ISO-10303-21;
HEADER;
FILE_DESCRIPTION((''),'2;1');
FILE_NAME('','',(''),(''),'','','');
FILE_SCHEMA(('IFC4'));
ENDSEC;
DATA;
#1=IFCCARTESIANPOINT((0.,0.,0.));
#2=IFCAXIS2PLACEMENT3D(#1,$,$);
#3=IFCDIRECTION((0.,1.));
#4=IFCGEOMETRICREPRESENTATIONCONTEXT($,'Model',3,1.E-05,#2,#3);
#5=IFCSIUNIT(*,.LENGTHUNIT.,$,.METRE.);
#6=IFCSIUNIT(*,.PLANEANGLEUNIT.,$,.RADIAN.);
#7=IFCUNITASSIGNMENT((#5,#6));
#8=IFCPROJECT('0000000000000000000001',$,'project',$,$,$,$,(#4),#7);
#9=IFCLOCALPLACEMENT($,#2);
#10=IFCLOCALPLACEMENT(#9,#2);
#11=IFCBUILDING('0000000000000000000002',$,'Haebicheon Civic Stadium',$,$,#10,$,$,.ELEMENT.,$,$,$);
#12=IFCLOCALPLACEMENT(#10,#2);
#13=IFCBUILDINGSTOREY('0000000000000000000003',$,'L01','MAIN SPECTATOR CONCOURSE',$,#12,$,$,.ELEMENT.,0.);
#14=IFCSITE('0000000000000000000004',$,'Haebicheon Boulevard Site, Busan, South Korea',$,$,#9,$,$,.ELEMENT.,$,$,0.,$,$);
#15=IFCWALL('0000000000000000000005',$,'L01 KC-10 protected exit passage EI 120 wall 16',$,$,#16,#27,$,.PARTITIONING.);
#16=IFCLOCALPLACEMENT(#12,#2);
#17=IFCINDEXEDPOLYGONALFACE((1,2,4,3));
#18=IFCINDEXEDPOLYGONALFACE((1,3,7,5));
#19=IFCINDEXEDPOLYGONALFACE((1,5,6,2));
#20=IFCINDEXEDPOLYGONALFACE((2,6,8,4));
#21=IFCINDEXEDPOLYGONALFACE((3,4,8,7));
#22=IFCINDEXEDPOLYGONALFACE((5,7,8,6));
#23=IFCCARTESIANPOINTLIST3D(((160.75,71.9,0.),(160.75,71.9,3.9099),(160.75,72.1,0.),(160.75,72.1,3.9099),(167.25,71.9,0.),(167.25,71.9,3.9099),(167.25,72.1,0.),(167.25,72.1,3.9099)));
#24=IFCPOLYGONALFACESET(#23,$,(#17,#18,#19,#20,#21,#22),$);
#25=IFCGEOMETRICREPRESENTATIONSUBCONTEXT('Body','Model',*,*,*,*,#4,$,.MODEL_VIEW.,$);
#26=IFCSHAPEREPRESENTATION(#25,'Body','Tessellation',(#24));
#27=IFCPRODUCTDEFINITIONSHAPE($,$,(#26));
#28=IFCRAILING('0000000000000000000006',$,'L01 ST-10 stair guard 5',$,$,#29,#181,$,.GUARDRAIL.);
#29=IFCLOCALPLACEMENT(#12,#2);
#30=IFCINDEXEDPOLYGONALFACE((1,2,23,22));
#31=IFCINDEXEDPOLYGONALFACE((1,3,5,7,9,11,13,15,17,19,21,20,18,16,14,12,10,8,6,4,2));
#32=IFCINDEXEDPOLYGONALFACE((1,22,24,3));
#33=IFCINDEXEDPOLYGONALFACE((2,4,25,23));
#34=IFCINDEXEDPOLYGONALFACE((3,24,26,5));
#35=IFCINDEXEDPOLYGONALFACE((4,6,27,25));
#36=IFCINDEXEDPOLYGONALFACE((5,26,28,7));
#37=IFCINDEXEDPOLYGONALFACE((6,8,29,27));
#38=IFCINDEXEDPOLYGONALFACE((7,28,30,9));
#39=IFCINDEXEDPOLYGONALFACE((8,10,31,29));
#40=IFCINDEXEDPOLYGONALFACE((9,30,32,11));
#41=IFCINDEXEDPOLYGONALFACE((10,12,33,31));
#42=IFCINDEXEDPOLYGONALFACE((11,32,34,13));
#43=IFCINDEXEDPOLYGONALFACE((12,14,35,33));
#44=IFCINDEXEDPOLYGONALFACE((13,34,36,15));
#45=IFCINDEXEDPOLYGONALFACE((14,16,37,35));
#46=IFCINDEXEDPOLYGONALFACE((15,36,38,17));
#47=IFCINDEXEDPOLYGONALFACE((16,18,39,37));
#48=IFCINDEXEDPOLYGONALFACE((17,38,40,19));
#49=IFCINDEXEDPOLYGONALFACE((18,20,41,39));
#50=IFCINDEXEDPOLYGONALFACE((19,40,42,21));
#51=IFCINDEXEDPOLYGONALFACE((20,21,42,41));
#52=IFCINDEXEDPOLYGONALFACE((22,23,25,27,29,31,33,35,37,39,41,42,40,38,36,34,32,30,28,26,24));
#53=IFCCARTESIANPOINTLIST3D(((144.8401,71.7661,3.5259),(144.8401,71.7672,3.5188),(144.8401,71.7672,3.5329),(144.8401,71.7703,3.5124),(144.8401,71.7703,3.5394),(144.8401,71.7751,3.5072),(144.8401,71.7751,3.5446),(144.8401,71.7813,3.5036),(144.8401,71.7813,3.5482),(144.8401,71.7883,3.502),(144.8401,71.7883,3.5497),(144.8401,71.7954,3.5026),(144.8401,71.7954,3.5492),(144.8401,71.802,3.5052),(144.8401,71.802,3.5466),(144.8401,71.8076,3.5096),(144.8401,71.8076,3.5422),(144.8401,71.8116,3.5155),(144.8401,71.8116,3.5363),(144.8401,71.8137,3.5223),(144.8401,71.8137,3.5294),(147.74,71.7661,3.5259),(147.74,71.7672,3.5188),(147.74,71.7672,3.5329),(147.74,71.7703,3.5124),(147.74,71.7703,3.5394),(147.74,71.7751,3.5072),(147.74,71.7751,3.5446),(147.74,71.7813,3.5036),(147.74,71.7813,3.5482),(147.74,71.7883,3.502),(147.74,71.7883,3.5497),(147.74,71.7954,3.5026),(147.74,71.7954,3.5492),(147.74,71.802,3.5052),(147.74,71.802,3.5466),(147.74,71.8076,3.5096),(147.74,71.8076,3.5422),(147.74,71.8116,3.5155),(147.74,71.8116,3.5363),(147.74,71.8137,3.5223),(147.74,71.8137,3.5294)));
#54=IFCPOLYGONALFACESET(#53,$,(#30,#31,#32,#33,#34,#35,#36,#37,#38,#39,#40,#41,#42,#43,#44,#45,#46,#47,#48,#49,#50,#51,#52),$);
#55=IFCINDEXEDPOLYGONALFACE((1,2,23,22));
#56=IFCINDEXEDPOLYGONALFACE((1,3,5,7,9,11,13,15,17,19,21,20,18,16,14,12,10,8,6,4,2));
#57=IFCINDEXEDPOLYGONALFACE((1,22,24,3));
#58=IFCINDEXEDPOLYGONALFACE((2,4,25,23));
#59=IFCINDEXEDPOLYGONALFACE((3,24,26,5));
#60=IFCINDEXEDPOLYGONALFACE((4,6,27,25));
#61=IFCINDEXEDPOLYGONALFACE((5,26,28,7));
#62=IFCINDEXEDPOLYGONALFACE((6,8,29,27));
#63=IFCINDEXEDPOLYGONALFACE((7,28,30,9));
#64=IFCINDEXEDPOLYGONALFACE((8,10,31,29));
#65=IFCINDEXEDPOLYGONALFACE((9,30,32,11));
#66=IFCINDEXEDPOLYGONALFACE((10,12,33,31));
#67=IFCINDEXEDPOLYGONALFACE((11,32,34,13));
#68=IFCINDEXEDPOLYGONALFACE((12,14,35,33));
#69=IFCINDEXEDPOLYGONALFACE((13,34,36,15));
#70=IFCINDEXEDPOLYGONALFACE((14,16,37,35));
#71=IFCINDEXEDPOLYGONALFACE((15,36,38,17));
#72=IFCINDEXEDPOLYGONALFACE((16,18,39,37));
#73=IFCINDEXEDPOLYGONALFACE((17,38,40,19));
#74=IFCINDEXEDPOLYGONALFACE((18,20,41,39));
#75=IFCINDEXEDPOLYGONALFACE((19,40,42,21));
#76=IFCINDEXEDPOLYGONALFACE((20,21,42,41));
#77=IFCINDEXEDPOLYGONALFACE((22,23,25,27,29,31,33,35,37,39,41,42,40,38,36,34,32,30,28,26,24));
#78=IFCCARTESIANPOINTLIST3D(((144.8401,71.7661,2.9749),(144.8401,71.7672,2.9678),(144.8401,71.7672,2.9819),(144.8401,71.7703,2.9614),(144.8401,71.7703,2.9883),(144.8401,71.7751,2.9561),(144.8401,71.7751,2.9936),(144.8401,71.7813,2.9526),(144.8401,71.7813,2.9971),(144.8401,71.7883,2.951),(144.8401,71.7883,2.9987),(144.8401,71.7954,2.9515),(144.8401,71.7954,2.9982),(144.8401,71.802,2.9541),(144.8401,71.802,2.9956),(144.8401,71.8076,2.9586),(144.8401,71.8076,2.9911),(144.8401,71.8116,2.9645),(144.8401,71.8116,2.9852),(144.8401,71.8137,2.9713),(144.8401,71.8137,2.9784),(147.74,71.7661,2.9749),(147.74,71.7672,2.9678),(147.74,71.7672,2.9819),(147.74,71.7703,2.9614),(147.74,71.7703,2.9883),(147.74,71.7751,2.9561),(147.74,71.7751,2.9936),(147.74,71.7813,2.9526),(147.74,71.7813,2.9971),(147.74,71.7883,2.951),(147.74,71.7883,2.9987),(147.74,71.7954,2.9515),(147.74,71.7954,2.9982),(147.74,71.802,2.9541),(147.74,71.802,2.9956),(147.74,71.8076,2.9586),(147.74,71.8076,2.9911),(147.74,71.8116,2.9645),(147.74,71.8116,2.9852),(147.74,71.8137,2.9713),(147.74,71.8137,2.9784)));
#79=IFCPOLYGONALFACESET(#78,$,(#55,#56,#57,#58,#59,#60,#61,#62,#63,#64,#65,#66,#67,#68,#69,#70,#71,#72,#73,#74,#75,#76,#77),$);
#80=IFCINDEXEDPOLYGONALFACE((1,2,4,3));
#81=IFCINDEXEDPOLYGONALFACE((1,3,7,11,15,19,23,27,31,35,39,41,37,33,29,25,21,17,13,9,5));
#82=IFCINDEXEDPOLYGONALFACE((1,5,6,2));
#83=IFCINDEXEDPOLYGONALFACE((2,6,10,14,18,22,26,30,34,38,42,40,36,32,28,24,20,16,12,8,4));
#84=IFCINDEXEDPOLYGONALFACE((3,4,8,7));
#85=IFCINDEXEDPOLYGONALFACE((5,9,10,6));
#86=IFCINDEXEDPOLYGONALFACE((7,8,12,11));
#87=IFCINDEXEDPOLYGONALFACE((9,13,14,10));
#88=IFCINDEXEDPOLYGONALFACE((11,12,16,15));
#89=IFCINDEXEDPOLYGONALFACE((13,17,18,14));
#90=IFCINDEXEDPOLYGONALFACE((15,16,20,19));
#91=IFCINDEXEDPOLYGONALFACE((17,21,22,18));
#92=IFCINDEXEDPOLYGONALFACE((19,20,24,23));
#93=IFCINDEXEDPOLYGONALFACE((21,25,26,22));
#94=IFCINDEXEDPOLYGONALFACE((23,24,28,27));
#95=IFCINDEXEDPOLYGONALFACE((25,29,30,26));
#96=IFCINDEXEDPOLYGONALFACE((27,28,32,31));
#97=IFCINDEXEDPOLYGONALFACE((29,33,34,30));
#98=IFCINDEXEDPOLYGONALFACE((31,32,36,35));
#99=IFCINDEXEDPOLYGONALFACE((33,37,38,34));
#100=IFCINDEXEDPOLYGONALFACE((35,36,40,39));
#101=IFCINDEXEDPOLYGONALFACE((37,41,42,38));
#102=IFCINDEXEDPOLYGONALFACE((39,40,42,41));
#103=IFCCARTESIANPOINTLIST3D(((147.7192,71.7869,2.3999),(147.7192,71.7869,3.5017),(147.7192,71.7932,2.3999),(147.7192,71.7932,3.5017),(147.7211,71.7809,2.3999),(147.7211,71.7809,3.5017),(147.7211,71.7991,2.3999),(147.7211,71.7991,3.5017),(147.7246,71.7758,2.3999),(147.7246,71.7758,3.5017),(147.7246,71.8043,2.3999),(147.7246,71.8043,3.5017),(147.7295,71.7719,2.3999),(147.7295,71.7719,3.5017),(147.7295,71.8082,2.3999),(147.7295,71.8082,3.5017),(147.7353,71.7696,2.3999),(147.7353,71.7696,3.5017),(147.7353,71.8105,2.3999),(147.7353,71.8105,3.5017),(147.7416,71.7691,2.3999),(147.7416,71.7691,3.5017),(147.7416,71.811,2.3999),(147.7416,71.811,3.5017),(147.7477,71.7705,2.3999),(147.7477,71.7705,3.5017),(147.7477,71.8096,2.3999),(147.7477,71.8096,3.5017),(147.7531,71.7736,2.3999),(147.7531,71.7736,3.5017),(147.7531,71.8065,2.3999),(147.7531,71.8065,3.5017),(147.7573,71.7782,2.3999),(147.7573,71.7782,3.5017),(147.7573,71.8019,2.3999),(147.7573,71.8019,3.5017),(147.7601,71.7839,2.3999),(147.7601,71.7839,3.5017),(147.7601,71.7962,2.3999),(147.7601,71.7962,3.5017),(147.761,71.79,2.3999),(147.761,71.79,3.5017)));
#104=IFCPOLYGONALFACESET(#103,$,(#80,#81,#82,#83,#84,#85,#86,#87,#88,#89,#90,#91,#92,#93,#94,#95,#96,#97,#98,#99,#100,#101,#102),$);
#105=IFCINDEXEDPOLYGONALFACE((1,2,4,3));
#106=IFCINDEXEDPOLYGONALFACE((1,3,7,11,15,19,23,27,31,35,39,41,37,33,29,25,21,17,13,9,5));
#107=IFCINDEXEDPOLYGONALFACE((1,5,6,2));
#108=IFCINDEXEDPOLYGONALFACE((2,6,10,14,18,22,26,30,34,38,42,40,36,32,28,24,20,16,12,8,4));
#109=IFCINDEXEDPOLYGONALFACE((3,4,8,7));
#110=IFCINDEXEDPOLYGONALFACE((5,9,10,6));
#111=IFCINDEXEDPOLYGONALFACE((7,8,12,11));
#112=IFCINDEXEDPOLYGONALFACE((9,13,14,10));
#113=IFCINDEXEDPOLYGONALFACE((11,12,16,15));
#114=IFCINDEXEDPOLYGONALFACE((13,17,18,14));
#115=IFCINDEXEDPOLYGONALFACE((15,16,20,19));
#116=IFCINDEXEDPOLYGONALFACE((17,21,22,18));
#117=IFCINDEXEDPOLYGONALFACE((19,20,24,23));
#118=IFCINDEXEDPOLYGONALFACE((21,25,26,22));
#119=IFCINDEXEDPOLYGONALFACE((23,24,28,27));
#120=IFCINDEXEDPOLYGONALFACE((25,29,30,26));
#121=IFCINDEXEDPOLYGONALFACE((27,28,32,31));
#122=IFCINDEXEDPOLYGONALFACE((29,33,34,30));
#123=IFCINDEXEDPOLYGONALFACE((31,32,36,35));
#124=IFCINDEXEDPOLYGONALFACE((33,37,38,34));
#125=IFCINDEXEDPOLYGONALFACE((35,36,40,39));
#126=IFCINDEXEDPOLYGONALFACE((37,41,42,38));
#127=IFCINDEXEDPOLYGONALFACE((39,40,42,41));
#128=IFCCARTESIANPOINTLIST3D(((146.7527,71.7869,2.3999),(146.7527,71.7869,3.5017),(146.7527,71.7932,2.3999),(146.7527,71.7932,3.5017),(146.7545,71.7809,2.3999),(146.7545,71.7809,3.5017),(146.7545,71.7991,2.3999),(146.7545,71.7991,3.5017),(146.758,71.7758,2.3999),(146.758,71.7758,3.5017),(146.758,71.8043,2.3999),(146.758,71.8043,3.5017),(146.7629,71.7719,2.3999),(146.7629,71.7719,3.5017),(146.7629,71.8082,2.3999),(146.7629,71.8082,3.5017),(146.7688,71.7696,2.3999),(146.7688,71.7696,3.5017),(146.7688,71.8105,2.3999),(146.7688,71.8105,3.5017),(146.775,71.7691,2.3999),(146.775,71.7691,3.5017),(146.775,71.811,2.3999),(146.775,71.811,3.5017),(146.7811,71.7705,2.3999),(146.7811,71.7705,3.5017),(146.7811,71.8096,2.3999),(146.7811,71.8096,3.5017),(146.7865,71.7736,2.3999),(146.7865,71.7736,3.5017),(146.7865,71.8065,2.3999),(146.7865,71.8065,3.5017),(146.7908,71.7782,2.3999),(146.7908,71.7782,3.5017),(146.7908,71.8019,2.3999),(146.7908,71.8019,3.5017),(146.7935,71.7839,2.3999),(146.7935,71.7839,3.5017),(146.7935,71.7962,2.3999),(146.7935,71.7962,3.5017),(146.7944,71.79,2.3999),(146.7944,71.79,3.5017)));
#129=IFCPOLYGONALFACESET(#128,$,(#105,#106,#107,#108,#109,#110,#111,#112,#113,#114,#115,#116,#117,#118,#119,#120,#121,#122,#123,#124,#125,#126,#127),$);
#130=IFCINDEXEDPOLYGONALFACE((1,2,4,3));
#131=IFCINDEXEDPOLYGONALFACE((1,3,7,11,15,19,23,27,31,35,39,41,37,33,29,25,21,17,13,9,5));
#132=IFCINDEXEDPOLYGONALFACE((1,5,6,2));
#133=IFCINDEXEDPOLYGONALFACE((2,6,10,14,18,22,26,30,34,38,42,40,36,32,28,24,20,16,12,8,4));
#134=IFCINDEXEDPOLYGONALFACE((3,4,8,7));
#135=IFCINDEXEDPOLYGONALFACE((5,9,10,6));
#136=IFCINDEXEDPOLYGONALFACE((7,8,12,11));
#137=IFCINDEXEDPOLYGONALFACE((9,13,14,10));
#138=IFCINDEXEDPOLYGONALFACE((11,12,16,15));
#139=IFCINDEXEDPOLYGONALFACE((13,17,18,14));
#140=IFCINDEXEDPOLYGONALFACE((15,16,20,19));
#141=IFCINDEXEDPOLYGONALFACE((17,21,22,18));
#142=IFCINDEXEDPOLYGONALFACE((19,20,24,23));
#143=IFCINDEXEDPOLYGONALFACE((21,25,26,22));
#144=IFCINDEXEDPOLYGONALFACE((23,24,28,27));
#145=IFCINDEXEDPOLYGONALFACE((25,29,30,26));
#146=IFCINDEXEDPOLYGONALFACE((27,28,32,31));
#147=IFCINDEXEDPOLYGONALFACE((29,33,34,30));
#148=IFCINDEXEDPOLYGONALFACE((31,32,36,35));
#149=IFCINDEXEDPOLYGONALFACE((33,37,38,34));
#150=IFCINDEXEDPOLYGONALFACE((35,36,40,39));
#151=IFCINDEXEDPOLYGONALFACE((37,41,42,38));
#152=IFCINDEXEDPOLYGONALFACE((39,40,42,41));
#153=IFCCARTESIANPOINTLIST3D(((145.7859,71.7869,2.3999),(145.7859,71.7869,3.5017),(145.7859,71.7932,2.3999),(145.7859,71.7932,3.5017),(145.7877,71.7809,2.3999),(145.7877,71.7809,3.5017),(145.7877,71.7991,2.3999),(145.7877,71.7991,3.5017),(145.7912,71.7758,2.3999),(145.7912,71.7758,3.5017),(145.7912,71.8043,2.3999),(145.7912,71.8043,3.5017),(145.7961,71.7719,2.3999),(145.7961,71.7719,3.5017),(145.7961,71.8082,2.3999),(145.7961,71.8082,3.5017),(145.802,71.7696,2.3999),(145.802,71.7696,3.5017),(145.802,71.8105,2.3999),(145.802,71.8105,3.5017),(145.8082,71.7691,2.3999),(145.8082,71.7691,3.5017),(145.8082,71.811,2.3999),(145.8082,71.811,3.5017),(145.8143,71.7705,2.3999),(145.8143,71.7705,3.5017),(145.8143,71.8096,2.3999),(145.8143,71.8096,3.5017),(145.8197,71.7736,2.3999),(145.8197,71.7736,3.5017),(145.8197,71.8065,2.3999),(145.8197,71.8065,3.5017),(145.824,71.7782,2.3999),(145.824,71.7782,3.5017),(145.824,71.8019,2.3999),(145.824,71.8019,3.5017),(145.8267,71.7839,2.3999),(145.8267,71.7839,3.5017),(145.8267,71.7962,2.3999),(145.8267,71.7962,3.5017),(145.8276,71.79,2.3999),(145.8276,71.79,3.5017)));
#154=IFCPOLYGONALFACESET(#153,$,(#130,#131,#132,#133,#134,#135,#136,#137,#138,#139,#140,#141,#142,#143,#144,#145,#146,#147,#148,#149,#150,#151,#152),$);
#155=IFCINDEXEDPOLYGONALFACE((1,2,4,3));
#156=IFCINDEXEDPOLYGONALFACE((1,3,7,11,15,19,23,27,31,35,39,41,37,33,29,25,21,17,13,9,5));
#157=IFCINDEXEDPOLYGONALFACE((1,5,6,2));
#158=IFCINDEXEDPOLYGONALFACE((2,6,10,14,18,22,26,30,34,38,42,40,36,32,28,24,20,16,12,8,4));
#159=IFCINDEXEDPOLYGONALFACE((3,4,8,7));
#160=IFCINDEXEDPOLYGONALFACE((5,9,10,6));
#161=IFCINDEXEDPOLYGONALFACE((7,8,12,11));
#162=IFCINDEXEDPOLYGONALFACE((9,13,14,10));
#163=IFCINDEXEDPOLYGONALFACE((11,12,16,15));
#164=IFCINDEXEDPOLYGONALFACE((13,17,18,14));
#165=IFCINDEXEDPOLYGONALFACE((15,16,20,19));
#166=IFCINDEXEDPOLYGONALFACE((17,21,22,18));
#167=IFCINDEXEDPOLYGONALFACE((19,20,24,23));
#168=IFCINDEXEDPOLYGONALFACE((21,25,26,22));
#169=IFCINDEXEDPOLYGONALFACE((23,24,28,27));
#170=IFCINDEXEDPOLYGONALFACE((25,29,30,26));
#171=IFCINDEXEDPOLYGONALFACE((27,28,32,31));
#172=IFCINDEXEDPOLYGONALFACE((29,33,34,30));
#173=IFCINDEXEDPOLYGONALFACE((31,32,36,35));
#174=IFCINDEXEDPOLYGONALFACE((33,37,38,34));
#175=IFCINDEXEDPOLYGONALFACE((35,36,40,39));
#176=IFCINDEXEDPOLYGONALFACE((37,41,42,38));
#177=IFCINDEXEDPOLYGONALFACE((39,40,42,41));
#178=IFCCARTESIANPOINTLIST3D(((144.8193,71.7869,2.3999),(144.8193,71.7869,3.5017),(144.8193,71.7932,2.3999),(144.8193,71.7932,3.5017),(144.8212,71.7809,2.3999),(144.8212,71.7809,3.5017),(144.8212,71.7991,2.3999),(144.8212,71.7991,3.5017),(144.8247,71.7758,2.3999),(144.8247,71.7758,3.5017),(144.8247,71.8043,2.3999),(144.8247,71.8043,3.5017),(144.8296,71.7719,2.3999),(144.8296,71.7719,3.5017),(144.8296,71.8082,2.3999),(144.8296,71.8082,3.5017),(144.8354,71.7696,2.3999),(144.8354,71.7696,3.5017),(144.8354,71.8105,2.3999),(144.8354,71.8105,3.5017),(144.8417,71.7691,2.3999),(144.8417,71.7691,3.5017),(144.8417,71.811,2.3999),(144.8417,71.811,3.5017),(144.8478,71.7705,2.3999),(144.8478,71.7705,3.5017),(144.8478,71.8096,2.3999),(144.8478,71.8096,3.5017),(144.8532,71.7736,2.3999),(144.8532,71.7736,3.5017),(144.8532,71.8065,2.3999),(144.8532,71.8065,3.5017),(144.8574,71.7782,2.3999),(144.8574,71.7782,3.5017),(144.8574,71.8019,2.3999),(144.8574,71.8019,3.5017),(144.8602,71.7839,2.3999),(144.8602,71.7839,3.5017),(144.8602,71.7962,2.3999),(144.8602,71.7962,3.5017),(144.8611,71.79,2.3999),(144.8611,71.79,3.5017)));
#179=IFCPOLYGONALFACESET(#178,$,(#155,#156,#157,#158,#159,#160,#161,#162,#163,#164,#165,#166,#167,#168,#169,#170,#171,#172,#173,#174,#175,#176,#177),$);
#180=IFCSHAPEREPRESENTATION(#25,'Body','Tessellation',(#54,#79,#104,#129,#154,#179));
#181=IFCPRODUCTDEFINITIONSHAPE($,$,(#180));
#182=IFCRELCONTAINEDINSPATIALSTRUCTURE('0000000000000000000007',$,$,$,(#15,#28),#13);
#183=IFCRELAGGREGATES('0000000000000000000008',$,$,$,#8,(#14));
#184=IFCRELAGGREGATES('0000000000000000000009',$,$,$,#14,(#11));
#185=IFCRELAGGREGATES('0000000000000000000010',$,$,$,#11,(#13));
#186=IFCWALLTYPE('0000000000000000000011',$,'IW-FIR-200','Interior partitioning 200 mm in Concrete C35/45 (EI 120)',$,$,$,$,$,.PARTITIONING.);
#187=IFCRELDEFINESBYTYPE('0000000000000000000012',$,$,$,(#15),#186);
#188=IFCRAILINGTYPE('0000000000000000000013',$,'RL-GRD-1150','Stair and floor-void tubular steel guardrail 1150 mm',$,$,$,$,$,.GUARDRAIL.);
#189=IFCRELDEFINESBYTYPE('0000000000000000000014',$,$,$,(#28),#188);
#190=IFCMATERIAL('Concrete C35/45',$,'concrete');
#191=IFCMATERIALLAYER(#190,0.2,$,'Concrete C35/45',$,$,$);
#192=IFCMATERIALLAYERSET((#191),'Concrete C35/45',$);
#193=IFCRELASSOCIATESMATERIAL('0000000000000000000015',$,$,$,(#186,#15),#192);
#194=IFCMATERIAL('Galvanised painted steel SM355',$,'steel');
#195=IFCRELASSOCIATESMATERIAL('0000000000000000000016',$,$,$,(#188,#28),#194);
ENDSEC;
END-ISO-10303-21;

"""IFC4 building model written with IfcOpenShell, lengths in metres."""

from ifc_helpers import new_model, si_unit, direction, frame, frame_2d, origin, origin_2d, place, context, subcontext, project, spatial, rectangle, circle, extrude, material, layer, layer_set, type_object, element, save


model = new_model("IFC4")

# Units and contexts
model_context = context("Model", 3, precision=1e-05, world=origin(), true_north=direction((0.0, 1.0)))
body_context = subcontext(model_context, "Body", "Model", "MODEL_VIEW")
ifc_project = project(units=[si_unit("LENGTHUNIT", "METRE"), si_unit("PLANEANGLEUNIT", "RADIAN")], contexts=[model_context])

# Site, building, storey
site_placement = place(None, origin())
site = spatial("IfcSite", under=ifc_project, at=site_placement, Name="Haebicheon Boulevard Site, Busan, South Korea", CompositionType="ELEMENT", RefElevation=0.0)
building_placement = place(site_placement, origin())
building = spatial("IfcBuilding", under=site, at=building_placement, Name="Haebicheon Civic Stadium", CompositionType="ELEMENT")
storey_placement = place(building_placement, origin())
storey = spatial("IfcBuildingStorey", under=building, at=storey_placement, Name="L01", Description="MAIN SPECTATOR CONCOURSE", CompositionType="ELEMENT", Elevation=0.0)

# Shared definitions
ifc_material_1 = material(Name="Concrete C35/45", Category="concrete")
ifc_layer_1 = layer(ifc_material_1, 0.2, Name="Concrete C35/45")
ifc_layer_set_1 = layer_set([ifc_layer_1], Name="Concrete C35/45")
wall_type_1 = type_object("IfcWallType", Name="IW-FIR-200", Description="Interior partitioning 200 mm in Concrete C35/45 (EI 120)", PredefinedType="PARTITIONING", material=ifc_layer_set_1)

# Wall
wall_1_placement = place(storey_placement, frame((160.75, 72.0, 0.0), z_axis=(0.0, 0.0, 1.0), x_axis=(1.0, 0.0, 0.0)))
element("IfcWall", 1, at=wall_1_placement, inside=storey, type_object=wall_type_1, material=ifc_layer_set_1, Name="L01 KC-10 protected exit passage EI 120 wall 16", PredefinedType="PARTITIONING", context=body_context, shape_type="SweptSolid", body=[
    extrude(rectangle(XDim=6.5, YDim=0.2, at=frame_2d((3.25, 0.0))), origin(), (0.0, 0.0, 1.0), 3.9099),
])

# Railing
ifc_material_2 = material(Name="Galvanised painted steel SM355", Category="steel")
railing_type = type_object("IfcRailingType", Name="RL-GRD-1150", Description="Stair and floor-void tubular steel guardrail 1150 mm", PredefinedType="GUARDRAIL", material=ifc_material_2)
railing_1_placement = place(storey_placement, frame((147.74, 71.79, 2.3999)))
element("IfcRailing", 2, at=railing_1_placement, inside=storey, type_object=railing_type, material=ifc_material_2, Name="L01 ST-10 stair guard 5", PredefinedType="GUARDRAIL", context=body_context, shape_type="SweptSolid", body=[
    extrude(circle(Radius=0.0239, at=origin_2d()), frame((0.0, 0.0, 1.126), z_axis=(-1.0, 0.0, 0.0), x_axis=(0.0, -1.0, 0.0)), (0.0, 0.0, 1.0), 2.8999),
    extrude(circle(Radius=0.0239, at=origin_2d()), frame((0.0, 0.0, 0.575), z_axis=(-1.0, 0.0, 0.0), x_axis=(0.0, -1.0, 0.0)), (0.0, 0.0, 1.0), 2.8999),
    extrude(circle(Radius=0.021, at=origin_2d()), origin(), (0.0, 0.0, 1.0), 1.1018),
    extrude(circle(Radius=0.021, at=origin_2d()), frame((-0.9666, 0.0, 0.0)), (0.0, 0.0, 1.0), 1.1018),
    extrude(circle(Radius=0.021, at=origin_2d()), frame((-1.9333, 0.0, 0.0)), (0.0, 0.0, 1.0), 1.1018),
    extrude(circle(Radius=0.021, at=origin_2d()), frame((-2.8999, 0.0, 0.0)), (0.0, 0.0, 1.0), 1.1018),
])

save(model, "model.ifc")
